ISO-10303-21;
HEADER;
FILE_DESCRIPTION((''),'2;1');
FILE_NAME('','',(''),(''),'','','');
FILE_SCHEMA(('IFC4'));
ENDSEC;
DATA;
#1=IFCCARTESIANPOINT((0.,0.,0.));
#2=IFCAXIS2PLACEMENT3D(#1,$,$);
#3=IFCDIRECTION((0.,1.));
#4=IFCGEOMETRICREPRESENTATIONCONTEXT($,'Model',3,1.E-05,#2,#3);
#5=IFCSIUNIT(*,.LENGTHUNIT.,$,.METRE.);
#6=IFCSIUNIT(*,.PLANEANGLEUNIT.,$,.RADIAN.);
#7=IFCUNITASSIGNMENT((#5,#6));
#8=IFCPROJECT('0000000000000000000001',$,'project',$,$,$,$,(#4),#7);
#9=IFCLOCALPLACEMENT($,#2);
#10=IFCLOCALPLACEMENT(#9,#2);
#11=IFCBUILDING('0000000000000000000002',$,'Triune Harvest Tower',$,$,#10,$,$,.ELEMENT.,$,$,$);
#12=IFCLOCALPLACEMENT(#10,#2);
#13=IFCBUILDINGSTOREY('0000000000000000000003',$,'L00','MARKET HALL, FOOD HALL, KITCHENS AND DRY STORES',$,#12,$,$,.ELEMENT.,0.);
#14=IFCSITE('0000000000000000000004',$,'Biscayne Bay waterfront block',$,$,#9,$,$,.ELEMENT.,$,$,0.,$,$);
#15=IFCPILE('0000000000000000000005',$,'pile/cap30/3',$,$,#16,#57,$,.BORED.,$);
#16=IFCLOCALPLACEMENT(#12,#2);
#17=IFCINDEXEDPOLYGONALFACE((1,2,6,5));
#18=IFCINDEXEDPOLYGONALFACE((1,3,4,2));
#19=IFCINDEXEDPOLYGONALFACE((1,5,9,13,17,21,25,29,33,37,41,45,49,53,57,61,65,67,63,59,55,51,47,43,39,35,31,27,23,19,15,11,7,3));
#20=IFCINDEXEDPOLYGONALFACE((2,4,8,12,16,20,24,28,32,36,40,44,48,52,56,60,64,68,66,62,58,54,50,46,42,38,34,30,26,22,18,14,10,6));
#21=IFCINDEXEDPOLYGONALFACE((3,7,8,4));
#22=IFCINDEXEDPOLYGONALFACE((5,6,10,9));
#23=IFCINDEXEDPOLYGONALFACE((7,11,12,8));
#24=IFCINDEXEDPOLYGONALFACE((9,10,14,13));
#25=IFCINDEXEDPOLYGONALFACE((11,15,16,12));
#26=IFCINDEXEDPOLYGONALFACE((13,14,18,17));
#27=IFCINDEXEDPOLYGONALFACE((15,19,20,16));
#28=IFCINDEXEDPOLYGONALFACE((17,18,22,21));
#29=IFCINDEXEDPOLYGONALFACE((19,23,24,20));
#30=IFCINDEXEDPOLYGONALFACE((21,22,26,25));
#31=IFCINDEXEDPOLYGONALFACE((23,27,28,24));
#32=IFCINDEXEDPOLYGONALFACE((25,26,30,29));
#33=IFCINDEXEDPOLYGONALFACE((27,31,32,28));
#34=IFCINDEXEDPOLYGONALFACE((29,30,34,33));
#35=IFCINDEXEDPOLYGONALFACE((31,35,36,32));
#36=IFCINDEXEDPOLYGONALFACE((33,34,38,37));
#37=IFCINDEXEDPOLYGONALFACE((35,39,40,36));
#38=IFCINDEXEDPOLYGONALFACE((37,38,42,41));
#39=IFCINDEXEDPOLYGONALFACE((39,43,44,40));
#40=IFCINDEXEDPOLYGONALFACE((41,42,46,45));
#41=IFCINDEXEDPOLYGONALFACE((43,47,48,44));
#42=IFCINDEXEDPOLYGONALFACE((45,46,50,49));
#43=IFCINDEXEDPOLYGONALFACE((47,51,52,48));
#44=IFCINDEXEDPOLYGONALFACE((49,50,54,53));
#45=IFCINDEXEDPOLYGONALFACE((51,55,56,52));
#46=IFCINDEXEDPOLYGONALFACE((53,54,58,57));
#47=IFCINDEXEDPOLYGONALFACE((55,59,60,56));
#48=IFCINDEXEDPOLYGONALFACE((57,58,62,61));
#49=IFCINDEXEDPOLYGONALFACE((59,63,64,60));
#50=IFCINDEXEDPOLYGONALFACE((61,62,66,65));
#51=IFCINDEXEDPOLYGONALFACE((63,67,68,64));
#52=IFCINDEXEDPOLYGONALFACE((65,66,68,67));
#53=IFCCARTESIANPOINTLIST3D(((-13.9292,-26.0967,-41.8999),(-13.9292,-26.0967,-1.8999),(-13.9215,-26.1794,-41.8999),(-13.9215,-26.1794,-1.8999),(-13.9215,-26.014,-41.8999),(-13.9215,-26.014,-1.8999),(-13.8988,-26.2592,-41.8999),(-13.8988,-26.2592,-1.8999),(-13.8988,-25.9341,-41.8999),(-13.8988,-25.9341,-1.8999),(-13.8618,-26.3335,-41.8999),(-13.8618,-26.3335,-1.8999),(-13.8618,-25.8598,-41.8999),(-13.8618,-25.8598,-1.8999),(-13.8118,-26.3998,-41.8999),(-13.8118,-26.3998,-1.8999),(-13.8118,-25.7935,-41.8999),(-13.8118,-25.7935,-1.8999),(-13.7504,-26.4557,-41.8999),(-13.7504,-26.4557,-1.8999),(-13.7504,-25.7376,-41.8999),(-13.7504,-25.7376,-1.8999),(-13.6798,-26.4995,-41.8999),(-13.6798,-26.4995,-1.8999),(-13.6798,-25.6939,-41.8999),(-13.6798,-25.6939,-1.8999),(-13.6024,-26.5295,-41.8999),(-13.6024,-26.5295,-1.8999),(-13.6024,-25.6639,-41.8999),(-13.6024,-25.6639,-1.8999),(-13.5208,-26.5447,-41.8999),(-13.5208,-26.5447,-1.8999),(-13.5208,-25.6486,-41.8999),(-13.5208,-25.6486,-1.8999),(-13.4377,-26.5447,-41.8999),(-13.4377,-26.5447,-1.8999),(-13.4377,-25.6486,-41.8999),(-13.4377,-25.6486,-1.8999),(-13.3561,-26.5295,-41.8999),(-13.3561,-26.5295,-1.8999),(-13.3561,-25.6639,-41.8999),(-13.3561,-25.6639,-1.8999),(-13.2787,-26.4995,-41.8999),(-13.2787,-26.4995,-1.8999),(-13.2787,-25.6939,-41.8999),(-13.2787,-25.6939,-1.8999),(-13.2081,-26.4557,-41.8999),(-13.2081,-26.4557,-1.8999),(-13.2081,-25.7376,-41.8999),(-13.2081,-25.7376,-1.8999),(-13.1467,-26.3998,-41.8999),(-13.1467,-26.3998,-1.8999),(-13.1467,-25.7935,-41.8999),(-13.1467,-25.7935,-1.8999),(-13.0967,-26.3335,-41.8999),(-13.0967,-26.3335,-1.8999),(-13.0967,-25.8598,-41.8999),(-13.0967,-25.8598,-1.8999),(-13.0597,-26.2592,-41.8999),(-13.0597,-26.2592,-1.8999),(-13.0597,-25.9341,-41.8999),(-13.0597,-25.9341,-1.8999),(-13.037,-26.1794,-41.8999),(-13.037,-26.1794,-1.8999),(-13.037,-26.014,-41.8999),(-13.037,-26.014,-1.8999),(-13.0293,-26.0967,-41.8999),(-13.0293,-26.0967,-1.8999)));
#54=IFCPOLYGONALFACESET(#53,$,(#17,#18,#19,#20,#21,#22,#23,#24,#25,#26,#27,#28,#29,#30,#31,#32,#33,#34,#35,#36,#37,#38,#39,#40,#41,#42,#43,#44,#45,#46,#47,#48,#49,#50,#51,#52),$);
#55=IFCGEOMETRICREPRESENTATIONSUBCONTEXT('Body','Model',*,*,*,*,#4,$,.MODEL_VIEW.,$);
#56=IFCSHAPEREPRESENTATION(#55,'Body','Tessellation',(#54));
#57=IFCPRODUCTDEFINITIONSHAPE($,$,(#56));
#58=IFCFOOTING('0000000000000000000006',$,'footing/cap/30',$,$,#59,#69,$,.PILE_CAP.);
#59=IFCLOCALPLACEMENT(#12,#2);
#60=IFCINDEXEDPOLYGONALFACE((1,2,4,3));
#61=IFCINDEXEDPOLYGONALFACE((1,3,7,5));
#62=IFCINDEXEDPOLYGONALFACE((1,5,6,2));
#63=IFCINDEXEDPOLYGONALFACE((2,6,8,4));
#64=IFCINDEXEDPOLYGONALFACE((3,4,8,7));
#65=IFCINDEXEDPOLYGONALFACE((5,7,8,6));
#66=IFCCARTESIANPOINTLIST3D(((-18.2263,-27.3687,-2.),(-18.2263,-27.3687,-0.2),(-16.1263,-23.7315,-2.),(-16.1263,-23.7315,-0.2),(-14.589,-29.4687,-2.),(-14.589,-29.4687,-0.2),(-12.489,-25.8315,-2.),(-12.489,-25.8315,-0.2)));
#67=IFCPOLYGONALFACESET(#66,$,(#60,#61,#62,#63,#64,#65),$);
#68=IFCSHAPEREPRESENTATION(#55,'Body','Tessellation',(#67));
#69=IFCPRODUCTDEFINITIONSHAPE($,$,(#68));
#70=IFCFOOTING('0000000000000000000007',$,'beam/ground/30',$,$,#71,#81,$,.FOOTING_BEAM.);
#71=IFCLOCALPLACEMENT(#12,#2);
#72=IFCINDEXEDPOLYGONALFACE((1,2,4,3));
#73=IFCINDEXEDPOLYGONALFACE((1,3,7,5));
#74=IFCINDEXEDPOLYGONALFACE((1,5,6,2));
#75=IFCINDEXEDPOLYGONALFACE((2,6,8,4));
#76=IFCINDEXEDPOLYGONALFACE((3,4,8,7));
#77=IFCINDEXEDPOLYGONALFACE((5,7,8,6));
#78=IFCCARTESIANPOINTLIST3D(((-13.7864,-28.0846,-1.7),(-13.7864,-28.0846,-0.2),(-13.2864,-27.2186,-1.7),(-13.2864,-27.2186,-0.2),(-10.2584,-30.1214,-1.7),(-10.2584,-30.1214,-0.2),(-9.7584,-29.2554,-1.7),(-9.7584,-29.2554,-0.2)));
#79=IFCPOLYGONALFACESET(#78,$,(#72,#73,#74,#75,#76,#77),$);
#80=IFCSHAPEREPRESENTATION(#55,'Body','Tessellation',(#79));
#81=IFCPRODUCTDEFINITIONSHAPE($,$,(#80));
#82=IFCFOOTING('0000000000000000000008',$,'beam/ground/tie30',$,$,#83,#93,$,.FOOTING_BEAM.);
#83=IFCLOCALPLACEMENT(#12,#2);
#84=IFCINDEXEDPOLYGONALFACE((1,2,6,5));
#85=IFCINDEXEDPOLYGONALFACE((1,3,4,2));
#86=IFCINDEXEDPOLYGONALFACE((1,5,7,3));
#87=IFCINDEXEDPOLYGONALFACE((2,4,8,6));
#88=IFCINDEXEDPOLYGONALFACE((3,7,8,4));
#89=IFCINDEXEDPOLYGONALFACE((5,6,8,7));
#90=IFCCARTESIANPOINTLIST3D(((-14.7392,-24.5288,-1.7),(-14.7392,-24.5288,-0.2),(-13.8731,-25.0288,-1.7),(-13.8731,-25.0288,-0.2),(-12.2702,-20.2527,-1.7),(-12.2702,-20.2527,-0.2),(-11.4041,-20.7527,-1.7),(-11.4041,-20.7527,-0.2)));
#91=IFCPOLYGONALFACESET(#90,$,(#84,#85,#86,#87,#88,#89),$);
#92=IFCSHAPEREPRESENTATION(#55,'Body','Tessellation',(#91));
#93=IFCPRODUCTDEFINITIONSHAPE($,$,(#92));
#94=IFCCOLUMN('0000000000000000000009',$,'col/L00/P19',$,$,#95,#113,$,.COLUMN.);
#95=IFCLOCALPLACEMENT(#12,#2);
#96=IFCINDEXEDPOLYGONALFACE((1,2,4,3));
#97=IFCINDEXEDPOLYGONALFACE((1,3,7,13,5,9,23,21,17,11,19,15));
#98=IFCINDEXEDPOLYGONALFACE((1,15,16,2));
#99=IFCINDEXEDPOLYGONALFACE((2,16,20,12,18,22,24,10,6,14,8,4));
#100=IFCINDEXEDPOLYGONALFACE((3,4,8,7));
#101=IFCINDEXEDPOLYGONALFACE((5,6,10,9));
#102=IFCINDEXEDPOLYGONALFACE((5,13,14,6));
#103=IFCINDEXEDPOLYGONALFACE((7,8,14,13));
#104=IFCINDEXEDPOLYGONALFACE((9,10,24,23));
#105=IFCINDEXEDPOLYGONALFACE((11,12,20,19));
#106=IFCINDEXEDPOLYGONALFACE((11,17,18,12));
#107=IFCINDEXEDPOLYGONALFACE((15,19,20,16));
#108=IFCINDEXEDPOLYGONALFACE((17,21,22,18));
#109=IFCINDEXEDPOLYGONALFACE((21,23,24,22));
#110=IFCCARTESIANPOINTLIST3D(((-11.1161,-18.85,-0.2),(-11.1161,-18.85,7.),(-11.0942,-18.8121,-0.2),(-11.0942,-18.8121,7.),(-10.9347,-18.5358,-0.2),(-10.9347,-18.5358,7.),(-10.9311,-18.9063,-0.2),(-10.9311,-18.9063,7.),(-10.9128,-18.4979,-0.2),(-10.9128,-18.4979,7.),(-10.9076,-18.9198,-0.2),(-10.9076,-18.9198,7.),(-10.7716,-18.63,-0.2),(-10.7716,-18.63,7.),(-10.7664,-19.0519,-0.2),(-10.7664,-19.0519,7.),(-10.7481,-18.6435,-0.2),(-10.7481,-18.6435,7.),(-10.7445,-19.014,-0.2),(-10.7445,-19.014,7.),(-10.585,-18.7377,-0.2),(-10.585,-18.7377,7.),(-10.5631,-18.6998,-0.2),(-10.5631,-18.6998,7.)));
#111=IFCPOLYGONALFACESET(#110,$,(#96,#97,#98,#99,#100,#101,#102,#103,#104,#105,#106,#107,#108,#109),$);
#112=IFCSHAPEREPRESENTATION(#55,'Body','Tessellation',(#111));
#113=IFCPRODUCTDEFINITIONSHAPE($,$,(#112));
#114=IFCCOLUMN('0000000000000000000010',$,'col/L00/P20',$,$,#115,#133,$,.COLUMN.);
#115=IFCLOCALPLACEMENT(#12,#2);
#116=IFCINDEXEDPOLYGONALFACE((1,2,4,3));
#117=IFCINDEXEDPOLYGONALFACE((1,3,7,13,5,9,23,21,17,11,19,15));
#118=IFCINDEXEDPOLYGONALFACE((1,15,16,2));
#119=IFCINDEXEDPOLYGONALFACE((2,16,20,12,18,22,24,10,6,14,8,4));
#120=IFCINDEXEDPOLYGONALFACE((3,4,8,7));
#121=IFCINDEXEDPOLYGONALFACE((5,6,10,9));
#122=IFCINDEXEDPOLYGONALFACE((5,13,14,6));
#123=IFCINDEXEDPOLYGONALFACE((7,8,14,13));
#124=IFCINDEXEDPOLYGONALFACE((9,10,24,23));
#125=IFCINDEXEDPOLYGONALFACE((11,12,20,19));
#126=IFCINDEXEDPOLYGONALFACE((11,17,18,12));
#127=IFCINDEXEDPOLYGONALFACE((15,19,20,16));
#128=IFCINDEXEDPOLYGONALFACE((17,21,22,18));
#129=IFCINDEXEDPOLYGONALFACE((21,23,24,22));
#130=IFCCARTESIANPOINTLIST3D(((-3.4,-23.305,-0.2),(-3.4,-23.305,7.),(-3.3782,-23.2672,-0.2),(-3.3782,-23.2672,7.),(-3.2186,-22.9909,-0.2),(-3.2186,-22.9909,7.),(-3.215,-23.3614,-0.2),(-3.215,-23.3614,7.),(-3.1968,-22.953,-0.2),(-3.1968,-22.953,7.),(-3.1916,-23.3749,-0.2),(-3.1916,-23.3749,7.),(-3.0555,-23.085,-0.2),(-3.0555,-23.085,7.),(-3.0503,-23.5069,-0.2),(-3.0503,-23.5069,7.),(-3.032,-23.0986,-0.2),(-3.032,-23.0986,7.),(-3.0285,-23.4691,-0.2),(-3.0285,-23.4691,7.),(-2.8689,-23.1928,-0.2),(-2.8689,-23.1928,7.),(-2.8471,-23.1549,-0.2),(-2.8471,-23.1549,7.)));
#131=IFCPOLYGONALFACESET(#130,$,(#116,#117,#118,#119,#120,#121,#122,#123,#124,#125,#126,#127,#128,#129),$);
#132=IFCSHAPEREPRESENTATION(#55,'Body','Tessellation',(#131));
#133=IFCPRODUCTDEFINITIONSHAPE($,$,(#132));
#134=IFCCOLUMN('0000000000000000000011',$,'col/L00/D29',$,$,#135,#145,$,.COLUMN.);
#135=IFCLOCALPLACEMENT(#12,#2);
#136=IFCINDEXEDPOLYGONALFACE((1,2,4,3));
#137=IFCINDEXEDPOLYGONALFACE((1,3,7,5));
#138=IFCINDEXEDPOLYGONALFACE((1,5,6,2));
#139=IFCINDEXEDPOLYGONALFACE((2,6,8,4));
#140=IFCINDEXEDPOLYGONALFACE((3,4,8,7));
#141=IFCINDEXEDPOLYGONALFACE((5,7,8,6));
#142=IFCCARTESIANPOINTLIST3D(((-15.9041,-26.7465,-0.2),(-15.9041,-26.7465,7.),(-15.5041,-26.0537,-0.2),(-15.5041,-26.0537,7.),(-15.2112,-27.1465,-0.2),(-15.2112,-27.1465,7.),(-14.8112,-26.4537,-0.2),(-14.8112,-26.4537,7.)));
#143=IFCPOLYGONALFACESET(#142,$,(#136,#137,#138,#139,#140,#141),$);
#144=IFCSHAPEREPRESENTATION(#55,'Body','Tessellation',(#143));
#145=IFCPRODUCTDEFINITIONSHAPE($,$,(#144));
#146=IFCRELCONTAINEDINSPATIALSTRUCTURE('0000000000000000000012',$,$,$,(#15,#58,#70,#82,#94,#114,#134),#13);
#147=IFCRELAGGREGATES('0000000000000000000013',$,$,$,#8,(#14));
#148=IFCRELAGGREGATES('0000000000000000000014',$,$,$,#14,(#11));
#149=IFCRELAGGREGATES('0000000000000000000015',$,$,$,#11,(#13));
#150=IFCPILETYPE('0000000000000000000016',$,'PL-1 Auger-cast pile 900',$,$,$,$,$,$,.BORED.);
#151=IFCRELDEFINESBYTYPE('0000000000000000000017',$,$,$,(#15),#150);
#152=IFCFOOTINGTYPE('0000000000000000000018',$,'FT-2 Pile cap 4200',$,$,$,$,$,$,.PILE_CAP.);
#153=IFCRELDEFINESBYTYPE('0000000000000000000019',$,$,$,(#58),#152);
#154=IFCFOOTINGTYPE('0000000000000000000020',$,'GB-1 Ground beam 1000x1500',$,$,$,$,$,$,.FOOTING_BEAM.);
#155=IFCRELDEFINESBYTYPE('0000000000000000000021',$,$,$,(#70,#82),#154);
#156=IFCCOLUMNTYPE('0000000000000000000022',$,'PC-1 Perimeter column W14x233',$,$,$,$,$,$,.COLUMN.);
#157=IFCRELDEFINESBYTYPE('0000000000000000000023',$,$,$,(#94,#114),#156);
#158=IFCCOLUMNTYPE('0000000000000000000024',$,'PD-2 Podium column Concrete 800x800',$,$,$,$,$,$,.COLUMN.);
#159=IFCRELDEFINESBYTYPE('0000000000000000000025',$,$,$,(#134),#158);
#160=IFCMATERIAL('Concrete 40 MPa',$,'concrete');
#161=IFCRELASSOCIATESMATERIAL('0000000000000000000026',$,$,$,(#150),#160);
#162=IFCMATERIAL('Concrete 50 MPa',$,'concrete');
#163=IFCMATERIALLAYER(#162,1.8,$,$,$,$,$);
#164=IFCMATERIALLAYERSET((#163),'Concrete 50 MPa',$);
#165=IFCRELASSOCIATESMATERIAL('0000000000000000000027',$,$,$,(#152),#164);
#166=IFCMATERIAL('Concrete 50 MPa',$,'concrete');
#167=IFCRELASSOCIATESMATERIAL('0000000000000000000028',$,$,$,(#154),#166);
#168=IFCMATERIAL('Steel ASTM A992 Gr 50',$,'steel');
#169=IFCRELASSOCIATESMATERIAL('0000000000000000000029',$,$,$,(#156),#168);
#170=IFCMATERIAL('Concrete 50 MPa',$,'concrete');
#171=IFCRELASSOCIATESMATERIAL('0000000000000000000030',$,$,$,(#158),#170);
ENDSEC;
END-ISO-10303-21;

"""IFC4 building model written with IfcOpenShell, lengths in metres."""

from ifc_helpers import new_model, si_unit, direction, frame, origin, origin_2d, place, context, subcontext, project, spatial, rectangle, circle, i_section, extrude, source, transform, mapped, material, layer, layer_set, material_profile, profile_set, type_object, element, save


model = new_model("IFC4")

# Units and contexts
model_context = context("Model", 3, precision=1e-05, world=origin(), true_north=direction((0.0, 1.0)))
body_context = subcontext(model_context, "Body", "Model", "MODEL_VIEW")
ifc_project = project(units=[si_unit("LENGTHUNIT", "METRE"), si_unit("PLANEANGLEUNIT", "RADIAN")], contexts=[model_context])

# Site, building, storey
site_placement = place(None, origin())
site = spatial("IfcSite", under=ifc_project, at=site_placement, Name="Biscayne Bay waterfront block", CompositionType="ELEMENT", RefElevation=0.0)
building_placement = place(site_placement, origin())
building = spatial("IfcBuilding", under=site, at=building_placement, Name="Triune Harvest Tower", CompositionType="ELEMENT")
storey_placement = place(building_placement, origin())
storey = spatial("IfcBuildingStorey", under=building, at=storey_placement, Name="L00", Description="MARKET HALL, FOOD HALL, KITCHENS AND DRY STORES", CompositionType="ELEMENT", Elevation=0.0)

# Pile
ifc_material_1 = material(Name="Concrete 40 MPa", Category="concrete")
ifc_material_profile_1 = material_profile(ifc_material_1, circle(Radius=0.45, at=origin_2d()), Name="Bored 900")
ifc_profile_set_1 = profile_set([ifc_material_profile_1], Name="Concrete 40 MPa")
pile_type = type_object("IfcPileType", Name="PL-1 Auger-cast pile 900", PredefinedType="BORED", material=ifc_profile_set_1)
shared_shape_1 = source(origin(), body_context, "Body", "SweptSolid", [
    extrude(circle(Radius=0.45, at=origin_2d()), origin(), (0.0, 0.0, 1.0), 40.0),
])
for number, where, z_axis, x_axis, name in (
    (1, (-13.4792, -26.0967, -1.8999), (0.0, 0.0, -1.0), (1.0, 0.0, 0.0), "pile/cap30/3"),
):
    element("IfcPile", number, at=place(storey_placement, frame(where, z_axis=z_axis, x_axis=x_axis)), inside=storey, type_object=pile_type, Name=name, PredefinedType="BORED", context=body_context, shape_type="MappedRepresentation", body=[
        mapped(shared_shape_1, transform((0.0, 0.0, 0.0), scale=1.0)),
    ])

# Footings
ifc_material_2 = material(Name="Concrete 50 MPa", Category="concrete")
ifc_layer_1 = layer(ifc_material_2, 1.8)
ifc_layer_set_1 = layer_set([ifc_layer_1], Name="Concrete 50 MPa")
footing_type_1 = type_object("IfcFootingType", Name="FT-2 Pile cap 4200", PredefinedType="PILE_CAP", material=ifc_layer_set_1)
shared_shape_2 = source(origin(), body_context, "Body", "SweptSolid", [
    extrude(rectangle(XDim=4.2, YDim=4.2, at=origin_2d()), origin(), (0.0, 0.0, 1.0), 1.8),
])
footing_1_placement = place(storey_placement, frame((-15.3577, -26.6001, -2.0), z_axis=(0.0, 0.0, 1.0), x_axis=(0.866025, -0.5, 0.0)))
element("IfcFooting", 2, at=footing_1_placement, inside=storey, type_object=footing_type_1, Name="footing/cap/30", PredefinedType="PILE_CAP", context=body_context, shape_type="MappedRepresentation", body=[
    mapped(shared_shape_2, transform((0.0, 0.0, 0.0), scale=1.0)),
])
ifc_material_3 = material(Name="Concrete 50 MPa", Category="concrete")
ifc_material_profile_2 = material_profile(ifc_material_3, rectangle(XDim=1.0, YDim=1.5, at=origin_2d()), Name="Concrete 1000x1500")
ifc_profile_set_2 = profile_set([ifc_material_profile_2], Name="Concrete 50 MPa")
footing_type_2 = type_object("IfcFootingType", Name="GB-1 Ground beam 1000x1500", PredefinedType="FOOTING_BEAM", material=ifc_profile_set_2)
shared_shape_3 = source(origin(), body_context, "Body", "SweptSolid", [
    extrude(rectangle(XDim=1.0, YDim=1.5, at=origin_2d()), origin(), (0.0, 0.0, 1.0), 4.0737),
])
footing_2_placement = place(storey_placement, frame((-13.5364, -27.6516, -0.95), z_axis=(0.866033, -0.499987, 0.0), x_axis=(0.499987, 0.866033, 0.0)))
element("IfcFooting", 3, at=footing_2_placement, inside=storey, type_object=footing_type_2, Name="beam/ground/30", PredefinedType="FOOTING_BEAM", context=body_context, shape_type="MappedRepresentation", body=[
    mapped(shared_shape_3, transform((0.0, 0.0, 0.0), scale=1.0)),
])
shared_shape_4 = source(origin(), body_context, "Body", "SweptSolid", [
    extrude(rectangle(XDim=1.0, YDim=1.5, at=origin_2d()), origin(), (0.0, 0.0, 1.0), 4.9377),
])
footing_3_placement = place(storey_placement, frame((-14.3062, -24.7788, -0.95), z_axis=(0.500026, 0.86601, 0.0), x_axis=(-0.86601, 0.500026, 0.0)))
element("IfcFooting", 4, at=footing_3_placement, inside=storey, type_object=footing_type_2, Name="beam/ground/tie30", PredefinedType="FOOTING_BEAM", context=body_context, shape_type="MappedRepresentation", body=[
    mapped(shared_shape_4, transform((0.0, 0.0, 0.0), scale=1.0)),
])

# Columns
ifc_material_4 = material(Name="Steel ASTM A992 Gr 50", Category="steel")
ifc_material_profile_3 = material_profile(ifc_material_4, i_section(OverallWidth=0.4038, OverallDepth=0.4065, WebThickness=0.0271, FlangeThickness=0.0437, at=origin_2d()), Name="W14x233")
ifc_profile_set_3 = profile_set([ifc_material_profile_3], Name="Steel ASTM A992 Gr 50")
column_type_1 = type_object("IfcColumnType", Name="PC-1 Perimeter column W14x233", PredefinedType="COLUMN", material=ifc_profile_set_3)
shared_shape_5 = source(origin(), body_context, "Body", "SweptSolid", [
    extrude(i_section(OverallWidth=0.4038, OverallDepth=0.4065, WebThickness=0.0271, FlangeThickness=0.0437, at=origin_2d()), origin(), (0.0, 0.0, 1.0), 7.2),
])
for number, where, z_axis, x_axis, name in (
    (5, (-10.8396, -18.7749, -0.2), (0.0, 0.0, 1.0), (0.866025, -0.5, 0.0), "col/L00/P19"),
    (6, (-3.1235, -23.23, -0.2), (0.0, 0.0, 1.0), (0.866025, -0.5, 0.0), "col/L00/P20"),
):
    element("IfcColumn", number, at=place(storey_placement, frame(where, z_axis=z_axis, x_axis=x_axis)), inside=storey, type_object=column_type_1, Name=name, PredefinedType="COLUMN", context=body_context, shape_type="MappedRepresentation", body=[
        mapped(shared_shape_5, transform((0.0, 0.0, 0.0), scale=1.0)),
    ])
ifc_material_5 = material(Name="Concrete 50 MPa", Category="concrete")
ifc_material_profile_4 = material_profile(ifc_material_5, rectangle(XDim=0.8, YDim=0.8, at=origin_2d()), Name="Concrete 800x800")
ifc_profile_set_4 = profile_set([ifc_material_profile_4], Name="Concrete 50 MPa")
column_type_2 = type_object("IfcColumnType", Name="PD-2 Podium column Concrete 800x800", PredefinedType="COLUMN", material=ifc_profile_set_4)
shared_shape_6 = source(origin(), body_context, "Body", "SweptSolid", [
    extrude(rectangle(XDim=0.8, YDim=0.8, at=origin_2d()), origin(), (0.0, 0.0, 1.0), 7.2),
])
column_placement = place(storey_placement, frame((-15.3577, -26.6001, -0.2), z_axis=(0.0, 0.0, 1.0), x_axis=(0.866025, -0.5, 0.0)))
element("IfcColumn", 7, at=column_placement, inside=storey, type_object=column_type_2, Name="col/L00/D29", PredefinedType="COLUMN", context=body_context, shape_type="MappedRepresentation", body=[
    mapped(shared_shape_6, transform((0.0, 0.0, 0.0), scale=1.0)),
])

save(model, "model.ifc")
